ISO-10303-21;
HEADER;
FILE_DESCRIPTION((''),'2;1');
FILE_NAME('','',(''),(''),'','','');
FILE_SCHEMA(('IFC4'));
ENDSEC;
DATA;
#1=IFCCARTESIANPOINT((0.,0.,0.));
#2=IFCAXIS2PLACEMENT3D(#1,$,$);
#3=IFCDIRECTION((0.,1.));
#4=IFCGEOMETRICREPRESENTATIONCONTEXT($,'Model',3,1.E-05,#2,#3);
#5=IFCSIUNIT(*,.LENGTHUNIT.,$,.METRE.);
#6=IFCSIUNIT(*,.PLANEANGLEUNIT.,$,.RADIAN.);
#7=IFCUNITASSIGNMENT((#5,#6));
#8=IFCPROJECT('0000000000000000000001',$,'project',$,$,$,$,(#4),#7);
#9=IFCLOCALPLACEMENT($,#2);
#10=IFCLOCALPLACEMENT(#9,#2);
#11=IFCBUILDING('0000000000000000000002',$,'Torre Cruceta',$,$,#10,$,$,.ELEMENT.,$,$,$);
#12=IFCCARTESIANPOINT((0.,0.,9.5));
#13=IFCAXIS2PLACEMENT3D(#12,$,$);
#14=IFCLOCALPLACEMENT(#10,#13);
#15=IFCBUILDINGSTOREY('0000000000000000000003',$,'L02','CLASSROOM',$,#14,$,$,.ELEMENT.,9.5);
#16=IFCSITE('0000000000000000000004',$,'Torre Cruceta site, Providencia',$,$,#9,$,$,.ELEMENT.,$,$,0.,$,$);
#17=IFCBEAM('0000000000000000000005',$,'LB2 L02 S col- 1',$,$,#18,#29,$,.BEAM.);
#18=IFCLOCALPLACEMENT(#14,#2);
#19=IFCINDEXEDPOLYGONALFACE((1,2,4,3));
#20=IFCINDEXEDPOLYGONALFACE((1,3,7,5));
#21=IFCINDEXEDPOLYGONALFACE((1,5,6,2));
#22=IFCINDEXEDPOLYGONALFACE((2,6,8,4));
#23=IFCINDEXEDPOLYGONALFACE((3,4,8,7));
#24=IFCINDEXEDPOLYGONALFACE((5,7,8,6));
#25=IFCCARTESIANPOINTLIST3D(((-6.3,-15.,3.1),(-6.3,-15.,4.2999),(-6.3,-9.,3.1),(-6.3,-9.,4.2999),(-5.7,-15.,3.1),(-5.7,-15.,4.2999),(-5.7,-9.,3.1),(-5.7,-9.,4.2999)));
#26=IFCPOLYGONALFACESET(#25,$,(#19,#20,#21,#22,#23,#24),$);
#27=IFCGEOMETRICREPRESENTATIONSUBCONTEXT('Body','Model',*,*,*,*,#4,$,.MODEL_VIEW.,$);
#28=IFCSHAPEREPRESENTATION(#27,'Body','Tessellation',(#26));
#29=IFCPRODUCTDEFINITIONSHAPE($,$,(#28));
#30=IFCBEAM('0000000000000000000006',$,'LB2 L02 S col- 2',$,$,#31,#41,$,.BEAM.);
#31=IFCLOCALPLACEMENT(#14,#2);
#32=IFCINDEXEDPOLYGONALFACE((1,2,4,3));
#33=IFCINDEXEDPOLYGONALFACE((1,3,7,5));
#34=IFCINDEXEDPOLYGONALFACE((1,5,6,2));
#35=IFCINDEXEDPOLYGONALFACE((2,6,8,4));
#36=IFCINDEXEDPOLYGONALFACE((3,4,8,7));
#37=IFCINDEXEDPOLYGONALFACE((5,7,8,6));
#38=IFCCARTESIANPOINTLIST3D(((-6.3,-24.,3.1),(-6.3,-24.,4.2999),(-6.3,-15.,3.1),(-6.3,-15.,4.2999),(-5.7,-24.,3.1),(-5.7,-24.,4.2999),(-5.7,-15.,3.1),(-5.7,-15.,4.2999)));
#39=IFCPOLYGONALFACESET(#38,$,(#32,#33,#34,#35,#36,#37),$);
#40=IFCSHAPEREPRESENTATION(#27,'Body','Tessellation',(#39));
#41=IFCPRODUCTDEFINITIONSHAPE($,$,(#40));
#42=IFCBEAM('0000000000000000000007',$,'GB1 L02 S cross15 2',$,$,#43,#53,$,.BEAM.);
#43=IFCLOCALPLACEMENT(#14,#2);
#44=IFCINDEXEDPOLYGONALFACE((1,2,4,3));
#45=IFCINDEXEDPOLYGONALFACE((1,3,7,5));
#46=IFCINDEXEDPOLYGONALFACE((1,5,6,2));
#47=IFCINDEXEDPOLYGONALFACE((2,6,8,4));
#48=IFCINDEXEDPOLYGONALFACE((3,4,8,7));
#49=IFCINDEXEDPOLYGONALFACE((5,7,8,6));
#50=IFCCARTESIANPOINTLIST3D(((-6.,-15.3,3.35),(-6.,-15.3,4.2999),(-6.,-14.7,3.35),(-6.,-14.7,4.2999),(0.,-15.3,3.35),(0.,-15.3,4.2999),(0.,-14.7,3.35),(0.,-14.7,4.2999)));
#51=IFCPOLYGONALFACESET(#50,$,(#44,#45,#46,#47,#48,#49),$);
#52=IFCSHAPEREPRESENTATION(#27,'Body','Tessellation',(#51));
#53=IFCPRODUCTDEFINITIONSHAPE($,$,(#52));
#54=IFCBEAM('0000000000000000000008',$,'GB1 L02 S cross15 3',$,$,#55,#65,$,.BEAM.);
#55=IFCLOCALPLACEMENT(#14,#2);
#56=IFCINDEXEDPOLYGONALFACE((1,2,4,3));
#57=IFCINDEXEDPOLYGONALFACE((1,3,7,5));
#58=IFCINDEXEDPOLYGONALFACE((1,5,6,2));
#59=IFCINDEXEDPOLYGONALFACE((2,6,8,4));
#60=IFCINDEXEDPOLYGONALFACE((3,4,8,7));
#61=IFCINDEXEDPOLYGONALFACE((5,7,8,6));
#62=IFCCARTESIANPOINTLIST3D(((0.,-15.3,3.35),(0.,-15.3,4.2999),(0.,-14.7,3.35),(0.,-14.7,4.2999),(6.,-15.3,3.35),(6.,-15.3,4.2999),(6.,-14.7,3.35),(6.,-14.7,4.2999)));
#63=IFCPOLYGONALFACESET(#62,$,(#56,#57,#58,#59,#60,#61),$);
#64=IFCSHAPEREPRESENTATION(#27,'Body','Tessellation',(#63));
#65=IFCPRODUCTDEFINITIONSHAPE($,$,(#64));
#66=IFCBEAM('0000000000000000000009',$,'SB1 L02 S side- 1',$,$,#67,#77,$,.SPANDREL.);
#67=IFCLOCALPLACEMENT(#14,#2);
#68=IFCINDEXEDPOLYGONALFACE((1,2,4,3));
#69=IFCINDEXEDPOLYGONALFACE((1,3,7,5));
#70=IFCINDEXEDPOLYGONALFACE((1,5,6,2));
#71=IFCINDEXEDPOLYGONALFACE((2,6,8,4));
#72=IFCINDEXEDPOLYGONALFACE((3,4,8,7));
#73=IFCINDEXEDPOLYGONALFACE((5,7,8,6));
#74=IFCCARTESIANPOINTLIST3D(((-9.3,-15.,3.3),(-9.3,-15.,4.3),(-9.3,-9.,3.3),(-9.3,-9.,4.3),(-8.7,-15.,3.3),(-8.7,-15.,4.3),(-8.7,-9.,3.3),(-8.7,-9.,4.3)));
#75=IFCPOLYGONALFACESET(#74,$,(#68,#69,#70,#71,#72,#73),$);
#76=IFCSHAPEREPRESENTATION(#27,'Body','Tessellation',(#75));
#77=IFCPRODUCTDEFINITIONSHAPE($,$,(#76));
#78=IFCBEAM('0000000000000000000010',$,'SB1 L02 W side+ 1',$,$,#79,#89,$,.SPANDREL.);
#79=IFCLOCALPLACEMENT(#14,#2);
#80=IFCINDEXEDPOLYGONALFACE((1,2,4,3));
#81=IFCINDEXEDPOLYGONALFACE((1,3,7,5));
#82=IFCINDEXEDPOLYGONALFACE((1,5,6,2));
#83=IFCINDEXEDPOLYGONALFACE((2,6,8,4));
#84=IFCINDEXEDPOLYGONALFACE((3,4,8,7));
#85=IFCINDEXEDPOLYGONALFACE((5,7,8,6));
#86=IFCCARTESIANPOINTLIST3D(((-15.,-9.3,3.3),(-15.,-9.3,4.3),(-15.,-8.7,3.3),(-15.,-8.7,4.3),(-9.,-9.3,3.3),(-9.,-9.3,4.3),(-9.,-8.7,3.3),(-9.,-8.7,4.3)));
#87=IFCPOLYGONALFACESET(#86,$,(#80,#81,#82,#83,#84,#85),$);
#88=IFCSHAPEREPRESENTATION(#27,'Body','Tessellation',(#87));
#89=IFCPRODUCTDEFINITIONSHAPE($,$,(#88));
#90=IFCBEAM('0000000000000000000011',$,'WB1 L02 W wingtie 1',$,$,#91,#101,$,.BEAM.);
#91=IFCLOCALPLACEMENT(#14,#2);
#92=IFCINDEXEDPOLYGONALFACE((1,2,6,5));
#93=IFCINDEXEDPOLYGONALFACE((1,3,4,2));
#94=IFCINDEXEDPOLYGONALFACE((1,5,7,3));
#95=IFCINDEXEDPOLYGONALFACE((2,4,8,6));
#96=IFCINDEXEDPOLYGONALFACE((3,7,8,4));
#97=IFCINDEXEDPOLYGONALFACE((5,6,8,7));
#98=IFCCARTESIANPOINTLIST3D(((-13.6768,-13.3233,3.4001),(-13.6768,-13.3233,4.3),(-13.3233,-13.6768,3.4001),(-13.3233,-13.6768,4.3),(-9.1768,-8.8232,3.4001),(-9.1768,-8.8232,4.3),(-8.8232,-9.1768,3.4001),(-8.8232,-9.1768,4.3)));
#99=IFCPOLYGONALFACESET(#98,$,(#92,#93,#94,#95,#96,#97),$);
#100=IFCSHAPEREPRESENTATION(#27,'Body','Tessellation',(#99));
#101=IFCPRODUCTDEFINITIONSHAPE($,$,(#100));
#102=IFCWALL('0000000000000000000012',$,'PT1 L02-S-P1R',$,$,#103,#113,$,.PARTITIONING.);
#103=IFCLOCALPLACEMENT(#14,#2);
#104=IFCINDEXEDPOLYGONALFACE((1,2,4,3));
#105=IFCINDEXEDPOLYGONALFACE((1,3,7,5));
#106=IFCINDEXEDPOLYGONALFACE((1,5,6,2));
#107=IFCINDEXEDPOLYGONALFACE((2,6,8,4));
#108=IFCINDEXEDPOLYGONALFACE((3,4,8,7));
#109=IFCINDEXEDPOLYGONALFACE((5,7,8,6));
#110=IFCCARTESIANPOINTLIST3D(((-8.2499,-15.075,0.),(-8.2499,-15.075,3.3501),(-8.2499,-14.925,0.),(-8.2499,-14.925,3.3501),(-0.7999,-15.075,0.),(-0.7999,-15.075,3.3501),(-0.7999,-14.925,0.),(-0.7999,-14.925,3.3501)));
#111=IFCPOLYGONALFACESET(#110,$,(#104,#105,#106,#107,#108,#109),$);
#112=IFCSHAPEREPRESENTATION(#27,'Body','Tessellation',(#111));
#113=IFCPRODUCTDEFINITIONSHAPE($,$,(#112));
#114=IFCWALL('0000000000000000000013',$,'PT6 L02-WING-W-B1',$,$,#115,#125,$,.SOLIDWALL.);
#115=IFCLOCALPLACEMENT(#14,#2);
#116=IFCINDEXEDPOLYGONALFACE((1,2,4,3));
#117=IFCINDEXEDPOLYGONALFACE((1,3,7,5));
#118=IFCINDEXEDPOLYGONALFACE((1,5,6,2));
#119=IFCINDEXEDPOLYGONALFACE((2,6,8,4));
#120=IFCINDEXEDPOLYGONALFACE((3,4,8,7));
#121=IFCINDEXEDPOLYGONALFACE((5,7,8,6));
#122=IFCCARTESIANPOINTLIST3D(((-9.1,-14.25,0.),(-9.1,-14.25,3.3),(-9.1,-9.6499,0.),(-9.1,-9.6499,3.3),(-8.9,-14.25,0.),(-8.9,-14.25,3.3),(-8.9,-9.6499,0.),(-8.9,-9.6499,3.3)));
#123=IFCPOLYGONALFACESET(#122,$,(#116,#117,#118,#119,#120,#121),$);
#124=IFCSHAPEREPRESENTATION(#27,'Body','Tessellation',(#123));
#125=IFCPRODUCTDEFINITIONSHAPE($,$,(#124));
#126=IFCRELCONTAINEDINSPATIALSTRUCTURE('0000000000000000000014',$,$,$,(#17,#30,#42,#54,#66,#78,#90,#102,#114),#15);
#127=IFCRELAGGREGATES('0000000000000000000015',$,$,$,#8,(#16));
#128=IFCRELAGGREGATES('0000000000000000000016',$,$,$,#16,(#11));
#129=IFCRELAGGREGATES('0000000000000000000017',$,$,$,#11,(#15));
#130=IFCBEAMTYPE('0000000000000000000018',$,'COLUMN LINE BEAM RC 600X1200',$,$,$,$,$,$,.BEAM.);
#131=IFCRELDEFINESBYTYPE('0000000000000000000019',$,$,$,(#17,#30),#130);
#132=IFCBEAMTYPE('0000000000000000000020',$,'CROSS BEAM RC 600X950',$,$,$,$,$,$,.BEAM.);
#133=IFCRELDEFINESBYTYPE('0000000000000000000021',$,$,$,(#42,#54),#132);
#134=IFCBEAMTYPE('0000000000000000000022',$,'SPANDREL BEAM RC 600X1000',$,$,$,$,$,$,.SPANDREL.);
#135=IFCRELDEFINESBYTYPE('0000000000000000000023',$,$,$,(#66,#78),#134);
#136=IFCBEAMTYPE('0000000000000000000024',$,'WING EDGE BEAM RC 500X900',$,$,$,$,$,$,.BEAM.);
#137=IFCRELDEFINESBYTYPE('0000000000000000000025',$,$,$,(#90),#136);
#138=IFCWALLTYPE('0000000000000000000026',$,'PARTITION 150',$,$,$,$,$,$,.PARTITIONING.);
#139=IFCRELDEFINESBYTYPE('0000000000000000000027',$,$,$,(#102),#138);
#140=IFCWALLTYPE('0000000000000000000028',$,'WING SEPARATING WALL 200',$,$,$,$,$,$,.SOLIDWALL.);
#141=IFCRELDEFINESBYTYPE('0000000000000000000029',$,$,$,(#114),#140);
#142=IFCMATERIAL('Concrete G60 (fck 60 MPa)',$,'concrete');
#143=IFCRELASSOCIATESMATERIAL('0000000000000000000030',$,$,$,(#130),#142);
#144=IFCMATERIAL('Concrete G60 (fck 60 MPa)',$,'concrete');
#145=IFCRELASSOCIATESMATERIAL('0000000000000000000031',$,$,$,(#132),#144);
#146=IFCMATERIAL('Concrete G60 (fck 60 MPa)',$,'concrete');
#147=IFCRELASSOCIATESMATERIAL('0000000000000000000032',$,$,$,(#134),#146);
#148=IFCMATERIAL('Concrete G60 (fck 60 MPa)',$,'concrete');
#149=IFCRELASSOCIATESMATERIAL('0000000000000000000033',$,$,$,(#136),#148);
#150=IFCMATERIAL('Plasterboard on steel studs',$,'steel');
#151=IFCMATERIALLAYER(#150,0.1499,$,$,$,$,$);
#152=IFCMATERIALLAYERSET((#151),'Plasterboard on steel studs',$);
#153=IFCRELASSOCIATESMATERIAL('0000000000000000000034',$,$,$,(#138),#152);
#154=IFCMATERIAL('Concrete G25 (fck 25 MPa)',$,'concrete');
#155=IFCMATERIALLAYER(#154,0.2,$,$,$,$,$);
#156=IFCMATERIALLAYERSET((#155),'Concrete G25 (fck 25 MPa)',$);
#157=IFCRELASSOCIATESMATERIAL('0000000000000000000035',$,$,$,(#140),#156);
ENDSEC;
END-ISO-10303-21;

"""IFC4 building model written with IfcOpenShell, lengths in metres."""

from ifc_helpers import new_model, si_unit, direction, frame, frame_2d, origin, origin_2d, place, context, subcontext, project, spatial, rectangle, extrude, material, layer, layer_set, material_profile, profile_set, type_object, element, save


model = new_model("IFC4")

# Units and contexts
model_context = context("Model", 3, precision=1e-05, world=origin(), true_north=direction((0.0, 1.0)))
body_context = subcontext(model_context, "Body", "Model", "MODEL_VIEW")
ifc_project = project(units=[si_unit("LENGTHUNIT", "METRE"), si_unit("PLANEANGLEUNIT", "RADIAN")], contexts=[model_context])

# Site, building, storey
site_placement = place(None, origin())
site = spatial("IfcSite", under=ifc_project, at=site_placement, Name="Torre Cruceta site, Providencia", CompositionType="ELEMENT", RefElevation=0.0)
building_placement = place(site_placement, origin())
building = spatial("IfcBuilding", under=site, at=building_placement, Name="Torre Cruceta", CompositionType="ELEMENT")
storey_placement = place(building_placement, frame((0.0, 0.0, 9.5)))
storey = spatial("IfcBuildingStorey", under=building, at=storey_placement, Name="L02", Description="CLASSROOM", CompositionType="ELEMENT", Elevation=9.5)

# Beams
ifc_material_1 = material(Name="Concrete G60 (fck 60 MPa)", Category="concrete")
ifc_material_profile_1 = material_profile(ifc_material_1, rectangle(XDim=0.6001, YDim=1.2, at=origin_2d()), Name="RC 600X1200")
ifc_profile_set_1 = profile_set([ifc_material_profile_1], Name="Concrete G60 (fck 60 MPa)")
beam_type_1 = type_object("IfcBeamType", Name="COLUMN LINE BEAM RC 600X1200", PredefinedType="BEAM", material=ifc_profile_set_1)
beam_1_placement = place(storey_placement, frame((-6.0, -9.0, 3.7), z_axis=(0.0, -1.0, 0.0), x_axis=(1.0, 0.0, 0.0)))
element("IfcBeam", 1, at=beam_1_placement, inside=storey, type_object=beam_type_1, Name="LB2 L02 S col- 1", PredefinedType="BEAM", context=body_context, shape_type="SweptSolid", body=[
    extrude(rectangle(XDim=0.6001, YDim=1.2, at=origin_2d()), origin(), (0.0, 0.0, 1.0), 6.0),
])
beam_2_placement = place(storey_placement, frame((-6.0, -15.0, 3.7), z_axis=(0.0, -1.0, 0.0), x_axis=(1.0, 0.0, 0.0)))
element("IfcBeam", 2, at=beam_2_placement, inside=storey, type_object=beam_type_1, Name="LB2 L02 S col- 2", PredefinedType="BEAM", context=body_context, shape_type="SweptSolid", body=[
    extrude(rectangle(XDim=0.6001, YDim=1.2, at=origin_2d()), origin(), (0.0, 0.0, 1.0), 9.0),
])
ifc_material_2 = material(Name="Concrete G60 (fck 60 MPa)", Category="concrete")
ifc_material_profile_2 = material_profile(ifc_material_2, rectangle(XDim=0.6001, YDim=0.95, at=origin_2d()), Name="RC 600X950")
ifc_profile_set_2 = profile_set([ifc_material_profile_2], Name="Concrete G60 (fck 60 MPa)")
beam_type_2 = type_object("IfcBeamType", Name="CROSS BEAM RC 600X950", PredefinedType="BEAM", material=ifc_profile_set_2)
for number, where, z_axis, x_axis, name in (
    (3, (-6.0, -15.0, 3.825), (1.0, 0.0, 0.0), (0.0, 1.0, 0.0), "GB1 L02 S cross15 2"),
    (4, (0.0, -15.0, 3.825), (1.0, 0.0, 0.0), (0.0, 1.0, 0.0), "GB1 L02 S cross15 3"),
):
    element("IfcBeam", number, at=place(storey_placement, frame(where, z_axis=z_axis, x_axis=x_axis)), inside=storey, type_object=beam_type_2, Name=name, PredefinedType="BEAM", context=body_context, shape_type="SweptSolid", body=[
        extrude(rectangle(XDim=0.6001, YDim=0.95, at=origin_2d()), origin(), (0.0, 0.0, 1.0), 6.0),
    ])
ifc_material_3 = material(Name="Concrete G60 (fck 60 MPa)", Category="concrete")
ifc_material_profile_3 = material_profile(ifc_material_3, rectangle(XDim=0.6001, YDim=1.0, at=origin_2d()), Name="RC 600X1000")
ifc_profile_set_3 = profile_set([ifc_material_profile_3], Name="Concrete G60 (fck 60 MPa)")
beam_type_3 = type_object("IfcBeamType", Name="SPANDREL BEAM RC 600X1000", PredefinedType="SPANDREL", material=ifc_profile_set_3)
for number, where, z_axis, x_axis, name in (
    (5, (-9.0, -9.0, 3.8), (0.0, -1.0, 0.0), (1.0, 0.0, 0.0), "SB1 L02 S side- 1"),
    (6, (-9.0, -9.0, 3.8), (-1.0, 0.0, 0.0), (0.0, -1.0, 0.0), "SB1 L02 W side+ 1"),
):
    element("IfcBeam", number, at=place(storey_placement, frame(where, z_axis=z_axis, x_axis=x_axis)), inside=storey, type_object=beam_type_3, Name=name, PredefinedType="SPANDREL", context=body_context, shape_type="SweptSolid", body=[
        extrude(rectangle(XDim=0.6001, YDim=1.0, at=origin_2d()), origin(), (0.0, 0.0, 1.0), 6.0),
    ])
ifc_material_4 = material(Name="Concrete G60 (fck 60 MPa)", Category="concrete")
ifc_material_profile_4 = material_profile(ifc_material_4, rectangle(XDim=0.5, YDim=0.8999, at=origin_2d()), Name="RC 500X900")
ifc_profile_set_4 = profile_set([ifc_material_profile_4], Name="Concrete G60 (fck 60 MPa)")
beam_type_4 = type_object("IfcBeamType", Name="WING EDGE BEAM RC 500X900", PredefinedType="BEAM", material=ifc_profile_set_4)
beam_3_placement = place(storey_placement, frame((-9.0, -9.0, 3.8501), z_axis=(-0.707107, -0.707107, 0.0), x_axis=(0.707107, -0.707107, 0.0)))
element("IfcBeam", 7, at=beam_3_placement, inside=storey, type_object=beam_type_4, Name="WB1 L02 W wingtie 1", PredefinedType="BEAM", context=body_context, shape_type="SweptSolid", body=[
    extrude(rectangle(XDim=0.5, YDim=0.8999, at=origin_2d()), origin(), (0.0, 0.0, 1.0), 6.364),
])

# Walls
ifc_material_5 = material(Name="Plasterboard on steel studs", Category="steel")
ifc_layer_1 = layer(ifc_material_5, 0.1499)
ifc_layer_set_1 = layer_set([ifc_layer_1], Name="Plasterboard on steel studs")
wall_type_1 = type_object("IfcWallType", Name="PARTITION 150", PredefinedType="PARTITIONING", material=ifc_layer_set_1)
wall_1_placement = place(storey_placement, frame((-8.25, -15.0, 0.0), z_axis=(0.0, 0.0, 1.0), x_axis=(1.0, 0.0, 0.0)))
element("IfcWall", 8, at=wall_1_placement, inside=storey, type_object=wall_type_1, Name="PT1 L02-S-P1R", PredefinedType="PARTITIONING", context=body_context, shape_type="SweptSolid", body=[
    extrude(rectangle(XDim=7.45, YDim=0.1499, at=frame_2d((3.7251, 0.0))), origin(), (0.0, 0.0, 1.0), 3.3501),
])
ifc_material_6 = material(Name="Concrete G25 (fck 25 MPa)", Category="concrete")
ifc_layer_2 = layer(ifc_material_6, 0.2)
ifc_layer_set_2 = layer_set([ifc_layer_2], Name="Concrete G25 (fck 25 MPa)")
wall_type_2 = type_object("IfcWallType", Name="WING SEPARATING WALL 200", PredefinedType="SOLIDWALL", material=ifc_layer_set_2)
wall_2_placement = place(storey_placement, frame((-9.0, -14.25, 0.0), z_axis=(0.0, 0.0, 1.0), x_axis=(0.0, 1.0, 0.0)))
element("IfcWall", 9, at=wall_2_placement, inside=storey, type_object=wall_type_2, Name="PT6 L02-WING-W-B1", PredefinedType="SOLIDWALL", context=body_context, shape_type="SweptSolid", body=[
    extrude(rectangle(XDim=4.6001, YDim=0.2, at=frame_2d((2.3, 0.0))), origin(), (0.0, 0.0, 1.0), 3.3),
])

save(model, "model.ifc")
